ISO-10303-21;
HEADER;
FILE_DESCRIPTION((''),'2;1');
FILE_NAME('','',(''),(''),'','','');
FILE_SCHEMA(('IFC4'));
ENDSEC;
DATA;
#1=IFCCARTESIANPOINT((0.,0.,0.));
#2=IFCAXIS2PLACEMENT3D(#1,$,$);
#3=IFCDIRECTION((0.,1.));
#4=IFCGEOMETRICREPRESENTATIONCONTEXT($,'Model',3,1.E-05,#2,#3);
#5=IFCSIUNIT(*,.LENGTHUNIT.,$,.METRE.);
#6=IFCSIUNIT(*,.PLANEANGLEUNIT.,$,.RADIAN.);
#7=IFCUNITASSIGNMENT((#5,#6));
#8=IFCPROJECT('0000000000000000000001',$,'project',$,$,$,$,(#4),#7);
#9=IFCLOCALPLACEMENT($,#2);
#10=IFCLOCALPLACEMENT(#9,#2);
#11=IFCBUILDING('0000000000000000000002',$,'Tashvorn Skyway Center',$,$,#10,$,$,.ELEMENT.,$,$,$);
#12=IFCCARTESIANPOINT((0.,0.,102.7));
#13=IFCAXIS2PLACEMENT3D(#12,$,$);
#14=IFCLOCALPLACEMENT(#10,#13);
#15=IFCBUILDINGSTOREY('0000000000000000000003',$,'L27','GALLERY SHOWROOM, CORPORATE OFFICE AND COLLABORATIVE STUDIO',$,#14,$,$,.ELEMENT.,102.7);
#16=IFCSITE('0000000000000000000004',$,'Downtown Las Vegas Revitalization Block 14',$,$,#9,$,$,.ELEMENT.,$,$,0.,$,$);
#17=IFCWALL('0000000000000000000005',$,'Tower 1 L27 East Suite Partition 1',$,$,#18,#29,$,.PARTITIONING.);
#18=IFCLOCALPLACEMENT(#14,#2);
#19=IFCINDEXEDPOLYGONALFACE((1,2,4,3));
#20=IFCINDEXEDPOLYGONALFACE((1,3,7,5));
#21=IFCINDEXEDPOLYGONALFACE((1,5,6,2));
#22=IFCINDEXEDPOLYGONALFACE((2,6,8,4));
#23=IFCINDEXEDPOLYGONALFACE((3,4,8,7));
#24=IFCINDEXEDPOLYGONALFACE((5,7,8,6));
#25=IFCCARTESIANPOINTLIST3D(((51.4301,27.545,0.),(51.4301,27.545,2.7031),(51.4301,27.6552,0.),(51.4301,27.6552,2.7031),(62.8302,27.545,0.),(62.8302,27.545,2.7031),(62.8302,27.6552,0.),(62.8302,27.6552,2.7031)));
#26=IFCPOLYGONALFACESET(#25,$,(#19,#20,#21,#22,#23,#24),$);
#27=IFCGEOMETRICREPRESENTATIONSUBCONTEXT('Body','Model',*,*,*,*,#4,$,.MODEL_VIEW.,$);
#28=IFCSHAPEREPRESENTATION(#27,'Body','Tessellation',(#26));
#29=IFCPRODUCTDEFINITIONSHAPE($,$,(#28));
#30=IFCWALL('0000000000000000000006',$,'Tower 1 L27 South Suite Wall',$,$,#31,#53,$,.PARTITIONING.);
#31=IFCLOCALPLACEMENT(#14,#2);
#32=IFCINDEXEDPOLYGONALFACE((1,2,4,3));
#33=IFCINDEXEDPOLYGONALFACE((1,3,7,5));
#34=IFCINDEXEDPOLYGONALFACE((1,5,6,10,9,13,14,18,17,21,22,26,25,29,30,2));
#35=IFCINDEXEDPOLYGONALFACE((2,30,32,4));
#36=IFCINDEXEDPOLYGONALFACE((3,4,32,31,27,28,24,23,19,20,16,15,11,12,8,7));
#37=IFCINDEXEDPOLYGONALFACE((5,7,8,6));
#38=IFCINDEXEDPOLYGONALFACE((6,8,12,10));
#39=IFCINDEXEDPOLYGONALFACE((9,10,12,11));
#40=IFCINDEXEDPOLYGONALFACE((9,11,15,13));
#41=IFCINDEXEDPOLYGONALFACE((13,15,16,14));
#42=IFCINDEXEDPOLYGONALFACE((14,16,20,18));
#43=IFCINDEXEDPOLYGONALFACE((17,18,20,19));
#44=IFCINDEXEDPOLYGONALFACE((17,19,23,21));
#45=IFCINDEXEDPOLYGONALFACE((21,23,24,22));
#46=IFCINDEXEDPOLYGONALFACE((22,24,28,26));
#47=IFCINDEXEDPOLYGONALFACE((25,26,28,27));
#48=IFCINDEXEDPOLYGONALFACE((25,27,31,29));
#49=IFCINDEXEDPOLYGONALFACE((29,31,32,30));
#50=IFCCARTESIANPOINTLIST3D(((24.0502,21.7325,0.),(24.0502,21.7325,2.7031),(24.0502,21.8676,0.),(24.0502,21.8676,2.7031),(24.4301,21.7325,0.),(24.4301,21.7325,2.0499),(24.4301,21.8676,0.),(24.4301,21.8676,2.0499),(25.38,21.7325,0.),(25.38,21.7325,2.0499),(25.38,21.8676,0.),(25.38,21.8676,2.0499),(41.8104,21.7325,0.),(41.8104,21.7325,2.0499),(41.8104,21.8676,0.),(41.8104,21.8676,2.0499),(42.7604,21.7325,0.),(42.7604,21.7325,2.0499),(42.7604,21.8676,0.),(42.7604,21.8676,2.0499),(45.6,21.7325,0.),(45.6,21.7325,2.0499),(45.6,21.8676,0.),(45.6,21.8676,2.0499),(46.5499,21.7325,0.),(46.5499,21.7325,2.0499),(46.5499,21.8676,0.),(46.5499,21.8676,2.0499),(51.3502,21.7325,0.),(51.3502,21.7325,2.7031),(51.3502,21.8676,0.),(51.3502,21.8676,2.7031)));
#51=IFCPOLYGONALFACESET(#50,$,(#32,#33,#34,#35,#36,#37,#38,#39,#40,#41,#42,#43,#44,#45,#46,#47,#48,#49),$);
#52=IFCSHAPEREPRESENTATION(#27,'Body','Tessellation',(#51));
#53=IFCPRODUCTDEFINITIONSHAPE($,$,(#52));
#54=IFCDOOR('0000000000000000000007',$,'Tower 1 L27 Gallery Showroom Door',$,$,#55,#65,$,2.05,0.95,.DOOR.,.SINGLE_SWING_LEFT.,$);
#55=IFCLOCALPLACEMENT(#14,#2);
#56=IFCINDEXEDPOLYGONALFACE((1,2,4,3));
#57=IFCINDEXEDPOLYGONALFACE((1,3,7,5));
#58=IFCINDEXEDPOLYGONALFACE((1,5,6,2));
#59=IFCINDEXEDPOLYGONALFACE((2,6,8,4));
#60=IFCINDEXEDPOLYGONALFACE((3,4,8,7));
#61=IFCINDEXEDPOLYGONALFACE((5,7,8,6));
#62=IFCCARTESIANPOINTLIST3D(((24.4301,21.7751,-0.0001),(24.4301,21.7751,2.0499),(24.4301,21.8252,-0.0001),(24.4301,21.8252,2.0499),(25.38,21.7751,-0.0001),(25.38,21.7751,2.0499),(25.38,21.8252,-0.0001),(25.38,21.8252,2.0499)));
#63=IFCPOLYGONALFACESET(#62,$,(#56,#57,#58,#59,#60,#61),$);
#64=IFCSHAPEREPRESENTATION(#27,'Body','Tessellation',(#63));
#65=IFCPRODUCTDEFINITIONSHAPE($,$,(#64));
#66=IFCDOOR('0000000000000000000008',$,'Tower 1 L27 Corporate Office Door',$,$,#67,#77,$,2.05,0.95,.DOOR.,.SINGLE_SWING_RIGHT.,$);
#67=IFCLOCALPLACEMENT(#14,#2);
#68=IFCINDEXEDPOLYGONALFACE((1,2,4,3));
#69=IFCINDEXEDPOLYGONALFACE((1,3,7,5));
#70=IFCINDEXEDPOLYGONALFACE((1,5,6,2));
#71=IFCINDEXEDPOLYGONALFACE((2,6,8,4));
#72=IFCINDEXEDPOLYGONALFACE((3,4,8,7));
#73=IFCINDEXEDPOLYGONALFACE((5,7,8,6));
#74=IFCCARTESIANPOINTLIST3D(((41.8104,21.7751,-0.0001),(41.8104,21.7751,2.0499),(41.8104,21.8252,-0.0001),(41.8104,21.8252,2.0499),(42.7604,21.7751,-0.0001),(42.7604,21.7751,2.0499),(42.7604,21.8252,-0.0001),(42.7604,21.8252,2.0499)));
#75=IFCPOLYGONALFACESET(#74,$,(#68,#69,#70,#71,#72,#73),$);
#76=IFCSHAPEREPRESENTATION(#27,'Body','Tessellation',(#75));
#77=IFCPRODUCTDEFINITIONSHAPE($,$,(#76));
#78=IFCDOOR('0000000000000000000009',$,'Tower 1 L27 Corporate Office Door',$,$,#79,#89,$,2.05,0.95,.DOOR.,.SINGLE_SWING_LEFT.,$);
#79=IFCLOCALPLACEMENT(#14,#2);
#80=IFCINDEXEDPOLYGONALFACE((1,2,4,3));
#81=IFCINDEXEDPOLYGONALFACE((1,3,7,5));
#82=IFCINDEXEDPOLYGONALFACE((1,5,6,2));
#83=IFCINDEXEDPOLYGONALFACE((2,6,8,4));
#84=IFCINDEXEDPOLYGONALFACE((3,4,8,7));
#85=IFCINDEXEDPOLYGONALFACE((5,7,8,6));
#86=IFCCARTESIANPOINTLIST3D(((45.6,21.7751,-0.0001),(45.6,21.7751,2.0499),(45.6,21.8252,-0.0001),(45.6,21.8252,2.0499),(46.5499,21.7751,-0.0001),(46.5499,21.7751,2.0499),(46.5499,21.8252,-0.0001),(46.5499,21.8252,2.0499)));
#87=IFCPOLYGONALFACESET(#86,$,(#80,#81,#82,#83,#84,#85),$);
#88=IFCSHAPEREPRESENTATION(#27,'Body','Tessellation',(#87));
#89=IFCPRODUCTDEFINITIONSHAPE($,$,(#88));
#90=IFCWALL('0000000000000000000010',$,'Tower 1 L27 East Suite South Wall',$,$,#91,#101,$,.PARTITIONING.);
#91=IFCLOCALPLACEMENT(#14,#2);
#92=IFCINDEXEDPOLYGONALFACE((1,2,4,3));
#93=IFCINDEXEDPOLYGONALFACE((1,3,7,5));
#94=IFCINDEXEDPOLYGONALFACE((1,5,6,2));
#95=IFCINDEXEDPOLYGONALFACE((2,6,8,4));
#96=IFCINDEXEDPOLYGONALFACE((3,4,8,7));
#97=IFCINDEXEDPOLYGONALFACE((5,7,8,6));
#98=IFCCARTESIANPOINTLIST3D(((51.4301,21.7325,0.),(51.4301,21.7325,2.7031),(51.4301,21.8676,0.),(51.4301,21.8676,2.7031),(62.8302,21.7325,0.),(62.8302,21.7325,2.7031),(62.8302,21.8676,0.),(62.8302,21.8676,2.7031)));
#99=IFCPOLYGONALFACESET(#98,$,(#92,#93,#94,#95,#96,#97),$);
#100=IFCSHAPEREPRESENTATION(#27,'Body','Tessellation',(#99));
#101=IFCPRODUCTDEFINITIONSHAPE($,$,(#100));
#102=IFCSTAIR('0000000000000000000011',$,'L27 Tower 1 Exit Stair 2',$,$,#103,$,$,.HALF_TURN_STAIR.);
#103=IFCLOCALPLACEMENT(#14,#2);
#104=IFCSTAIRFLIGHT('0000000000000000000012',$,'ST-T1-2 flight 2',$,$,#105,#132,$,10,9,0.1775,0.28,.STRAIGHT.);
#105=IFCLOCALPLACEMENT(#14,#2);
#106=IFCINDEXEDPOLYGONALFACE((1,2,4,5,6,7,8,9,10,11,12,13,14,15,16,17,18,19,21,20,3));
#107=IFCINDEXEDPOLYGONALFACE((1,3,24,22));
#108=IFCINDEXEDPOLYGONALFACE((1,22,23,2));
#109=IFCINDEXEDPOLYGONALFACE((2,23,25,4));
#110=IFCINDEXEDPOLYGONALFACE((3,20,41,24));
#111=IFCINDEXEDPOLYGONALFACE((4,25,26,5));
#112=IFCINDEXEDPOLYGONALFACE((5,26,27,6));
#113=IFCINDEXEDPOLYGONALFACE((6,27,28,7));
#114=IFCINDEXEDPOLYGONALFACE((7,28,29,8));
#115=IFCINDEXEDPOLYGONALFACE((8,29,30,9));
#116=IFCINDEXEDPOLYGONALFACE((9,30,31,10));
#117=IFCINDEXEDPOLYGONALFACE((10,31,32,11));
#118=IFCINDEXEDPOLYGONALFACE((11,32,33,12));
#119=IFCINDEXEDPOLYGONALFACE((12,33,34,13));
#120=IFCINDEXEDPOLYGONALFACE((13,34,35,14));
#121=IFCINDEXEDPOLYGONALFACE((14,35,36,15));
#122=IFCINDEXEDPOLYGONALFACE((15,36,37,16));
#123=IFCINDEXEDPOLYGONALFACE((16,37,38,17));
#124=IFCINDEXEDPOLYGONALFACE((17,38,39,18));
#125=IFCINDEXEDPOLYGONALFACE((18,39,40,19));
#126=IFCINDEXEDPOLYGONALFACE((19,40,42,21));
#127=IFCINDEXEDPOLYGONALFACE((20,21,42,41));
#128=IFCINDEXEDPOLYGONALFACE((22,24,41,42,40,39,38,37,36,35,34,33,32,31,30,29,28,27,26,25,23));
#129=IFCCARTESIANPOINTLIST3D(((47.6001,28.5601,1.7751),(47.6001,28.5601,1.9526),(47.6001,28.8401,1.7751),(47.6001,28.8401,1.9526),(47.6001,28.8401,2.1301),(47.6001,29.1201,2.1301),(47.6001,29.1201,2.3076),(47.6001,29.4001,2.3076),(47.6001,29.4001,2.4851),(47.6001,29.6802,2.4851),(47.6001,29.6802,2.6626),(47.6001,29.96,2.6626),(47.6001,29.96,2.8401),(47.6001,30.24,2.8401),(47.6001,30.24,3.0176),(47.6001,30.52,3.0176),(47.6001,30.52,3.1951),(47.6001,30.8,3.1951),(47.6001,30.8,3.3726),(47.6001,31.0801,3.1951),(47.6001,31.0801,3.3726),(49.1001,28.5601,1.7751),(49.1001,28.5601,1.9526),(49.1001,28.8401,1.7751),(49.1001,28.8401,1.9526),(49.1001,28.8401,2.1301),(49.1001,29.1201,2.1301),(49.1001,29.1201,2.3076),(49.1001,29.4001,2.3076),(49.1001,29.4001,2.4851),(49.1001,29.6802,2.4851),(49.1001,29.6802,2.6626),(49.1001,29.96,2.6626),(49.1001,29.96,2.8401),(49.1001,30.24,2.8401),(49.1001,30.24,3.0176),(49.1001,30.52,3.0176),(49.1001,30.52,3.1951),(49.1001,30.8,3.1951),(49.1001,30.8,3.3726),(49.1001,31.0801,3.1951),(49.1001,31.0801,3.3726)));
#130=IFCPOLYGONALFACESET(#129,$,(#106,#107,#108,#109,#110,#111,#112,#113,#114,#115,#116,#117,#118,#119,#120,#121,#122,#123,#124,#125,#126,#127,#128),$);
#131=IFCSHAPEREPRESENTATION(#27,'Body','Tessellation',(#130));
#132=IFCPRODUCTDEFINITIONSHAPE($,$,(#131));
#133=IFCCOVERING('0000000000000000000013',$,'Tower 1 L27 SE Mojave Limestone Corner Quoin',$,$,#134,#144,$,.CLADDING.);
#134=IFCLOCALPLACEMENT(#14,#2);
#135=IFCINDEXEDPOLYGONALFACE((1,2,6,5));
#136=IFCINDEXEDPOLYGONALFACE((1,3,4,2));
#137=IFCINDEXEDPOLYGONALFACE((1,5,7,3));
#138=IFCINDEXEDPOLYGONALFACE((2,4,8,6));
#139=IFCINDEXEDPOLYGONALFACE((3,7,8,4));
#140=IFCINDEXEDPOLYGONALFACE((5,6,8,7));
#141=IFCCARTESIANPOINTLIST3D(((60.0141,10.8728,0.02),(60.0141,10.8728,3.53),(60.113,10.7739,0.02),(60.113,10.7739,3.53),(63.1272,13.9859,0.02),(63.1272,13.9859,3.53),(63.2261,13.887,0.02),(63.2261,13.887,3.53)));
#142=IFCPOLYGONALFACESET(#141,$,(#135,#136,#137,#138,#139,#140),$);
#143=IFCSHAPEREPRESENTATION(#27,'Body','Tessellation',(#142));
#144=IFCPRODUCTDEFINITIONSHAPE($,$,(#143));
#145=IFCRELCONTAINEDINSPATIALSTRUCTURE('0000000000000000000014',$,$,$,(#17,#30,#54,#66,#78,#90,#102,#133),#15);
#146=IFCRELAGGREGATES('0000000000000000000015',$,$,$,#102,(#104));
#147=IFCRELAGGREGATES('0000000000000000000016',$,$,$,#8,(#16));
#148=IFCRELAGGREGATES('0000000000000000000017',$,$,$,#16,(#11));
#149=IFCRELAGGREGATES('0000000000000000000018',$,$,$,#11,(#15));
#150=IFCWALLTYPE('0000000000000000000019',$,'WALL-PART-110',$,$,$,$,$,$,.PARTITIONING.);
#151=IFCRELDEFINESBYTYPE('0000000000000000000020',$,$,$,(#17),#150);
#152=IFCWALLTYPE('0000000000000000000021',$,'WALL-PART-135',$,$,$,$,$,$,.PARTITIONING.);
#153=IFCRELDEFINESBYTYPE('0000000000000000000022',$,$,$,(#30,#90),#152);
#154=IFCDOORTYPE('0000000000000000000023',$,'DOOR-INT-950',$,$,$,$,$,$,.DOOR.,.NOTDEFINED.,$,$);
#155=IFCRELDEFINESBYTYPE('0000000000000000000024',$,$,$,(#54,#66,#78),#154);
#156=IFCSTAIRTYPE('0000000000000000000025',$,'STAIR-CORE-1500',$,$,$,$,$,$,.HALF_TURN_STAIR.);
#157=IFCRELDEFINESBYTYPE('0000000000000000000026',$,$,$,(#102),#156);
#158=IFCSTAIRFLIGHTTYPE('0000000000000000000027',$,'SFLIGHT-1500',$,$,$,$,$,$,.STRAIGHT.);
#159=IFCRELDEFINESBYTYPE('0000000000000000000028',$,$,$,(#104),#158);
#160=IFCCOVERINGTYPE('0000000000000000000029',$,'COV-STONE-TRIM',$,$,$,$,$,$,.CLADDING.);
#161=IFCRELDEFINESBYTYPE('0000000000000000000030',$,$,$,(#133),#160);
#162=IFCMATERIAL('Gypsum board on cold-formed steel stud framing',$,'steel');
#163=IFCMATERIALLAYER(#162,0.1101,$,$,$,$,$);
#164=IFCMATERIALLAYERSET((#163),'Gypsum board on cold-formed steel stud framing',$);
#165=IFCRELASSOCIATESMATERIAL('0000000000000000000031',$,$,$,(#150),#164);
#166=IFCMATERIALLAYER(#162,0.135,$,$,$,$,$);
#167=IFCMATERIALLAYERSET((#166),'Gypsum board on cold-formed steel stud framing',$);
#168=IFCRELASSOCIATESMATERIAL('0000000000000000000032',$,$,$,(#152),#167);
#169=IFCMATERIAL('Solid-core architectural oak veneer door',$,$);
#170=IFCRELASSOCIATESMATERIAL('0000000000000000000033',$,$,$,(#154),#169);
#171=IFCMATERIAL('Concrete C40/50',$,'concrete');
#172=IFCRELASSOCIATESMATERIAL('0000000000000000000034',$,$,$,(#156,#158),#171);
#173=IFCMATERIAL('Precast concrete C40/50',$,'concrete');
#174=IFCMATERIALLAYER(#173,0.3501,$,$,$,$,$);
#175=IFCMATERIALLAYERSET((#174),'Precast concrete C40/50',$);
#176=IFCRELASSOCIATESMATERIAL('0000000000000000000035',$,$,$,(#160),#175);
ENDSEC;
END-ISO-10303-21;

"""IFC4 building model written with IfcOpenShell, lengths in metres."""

from ifc_helpers import new_model, si_unit, direction, frame, frame_2d, origin, origin_2d, place, context, subcontext, project, spatial, polyline, rectangle, outline, extrude, material, layer, layer_set, type_object, element, fill, aggregate, save


model = new_model("IFC4")

# Units and contexts
model_context = context("Model", 3, precision=1e-05, world=origin(), true_north=direction((0.0, 1.0)))
body_context = subcontext(model_context, "Body", "Model", "MODEL_VIEW")
ifc_project = project(units=[si_unit("LENGTHUNIT", "METRE"), si_unit("PLANEANGLEUNIT", "RADIAN")], contexts=[model_context])

# Site, building, storey
site_placement = place(None, origin())
site = spatial("IfcSite", under=ifc_project, at=site_placement, Name="Downtown Las Vegas Revitalization Block 14", CompositionType="ELEMENT", RefElevation=0.0)
building_placement = place(site_placement, origin())
building = spatial("IfcBuilding", under=site, at=building_placement, Name="Tashvorn Skyway Center", CompositionType="ELEMENT")
storey_placement = place(building_placement, frame((0.0, 0.0, 102.7)))
storey = spatial("IfcBuildingStorey", under=building, at=storey_placement, Name="L27", Description="GALLERY SHOWROOM, CORPORATE OFFICE AND COLLABORATIVE STUDIO", CompositionType="ELEMENT", Elevation=102.7)

# Wall
ifc_material_1 = material(Name="Gypsum board on cold-formed steel stud framing", Category="steel")
ifc_layer_1 = layer(ifc_material_1, 0.1101)
ifc_layer_set_1 = layer_set([ifc_layer_1], Name="Gypsum board on cold-formed steel stud framing")
wall_type_1 = type_object("IfcWallType", Name="WALL-PART-110", PredefinedType="PARTITIONING", material=ifc_layer_set_1)
wall_1_placement = place(storey_placement, frame((51.4299, 27.6001, 0.0), z_axis=(0.0, 0.0, 1.0), x_axis=(1.0, 0.0, 0.0)))
element("IfcWall", 1, at=wall_1_placement, inside=storey, type_object=wall_type_1, Name="Tower 1 L27 East Suite Partition 1", PredefinedType="PARTITIONING", context=body_context, shape_type="SweptSolid", body=[
    extrude(rectangle(XDim=11.4001, YDim=0.1101, at=frame_2d((5.7002, 0.0))), origin(), (0.0, 0.0, 1.0), 2.7031),
])

# Wall, openings, doors
ifc_layer_2 = layer(ifc_material_1, 0.135)
ifc_layer_set_2 = layer_set([ifc_layer_2], Name="Gypsum board on cold-formed steel stud framing")
wall_type_2 = type_object("IfcWallType", Name="WALL-PART-135", PredefinedType="PARTITIONING", material=ifc_layer_set_2)
wall_2_placement = place(storey_placement, frame((51.3501, 21.8, 0.0), z_axis=(0.0, 0.0, 1.0), x_axis=(-1.0, 0.0, 0.0)))
wall_2 = element("IfcWall", 2, at=wall_2_placement, inside=storey, type_object=wall_type_2, Name="Tower 1 L27 South Suite Wall", PredefinedType="PARTITIONING", context=body_context, shape_type="SweptSolid", body=[
    extrude(rectangle(XDim=27.3, YDim=0.135, at=frame_2d((13.6499, 0.0))), origin(), (0.0, 0.0, 1.0), 2.7031),
])
opening_1_placement = place(wall_2_placement, frame((25.97, 0.0, 0.0)))
opening_1 = element("IfcOpeningElement", 3, at=opening_1_placement, cuts=wall_2, PredefinedType="OPENING", context=body_context, shape_type="SweptSolid", body=[
    extrude(rectangle(XDim=0.95, YDim=2.05, at=frame_2d((0.4751, 1.0249))), frame((0.0, 0.0774, 0.0), z_axis=(0.0, -1.0, 0.0), x_axis=(1.0, 0.0, 0.0)), (0.0, 0.0, 1.0), 0.155),
])
opening_2_placement = place(wall_2_placement, frame((8.5896, 0.0, 0.0)))
opening_2 = element("IfcOpeningElement", 4, at=opening_2_placement, cuts=wall_2, PredefinedType="OPENING", context=body_context, shape_type="SweptSolid", body=[
    extrude(rectangle(XDim=0.95, YDim=2.05, at=frame_2d((0.4751, 1.0249))), frame((0.0, 0.0774, 0.0), z_axis=(0.0, -1.0, 0.0), x_axis=(1.0, 0.0, 0.0)), (0.0, 0.0, 1.0), 0.155),
])
opening_3_placement = place(wall_2_placement, frame((4.8, 0.0, 0.0)))
opening_3 = element("IfcOpeningElement", 5, at=opening_3_placement, cuts=wall_2, PredefinedType="OPENING", context=body_context, shape_type="SweptSolid", body=[
    extrude(rectangle(XDim=0.95, YDim=2.05, at=frame_2d((0.4751, 1.0249))), frame((0.0, 0.0774, 0.0), z_axis=(0.0, -1.0, 0.0), x_axis=(1.0, 0.0, 0.0)), (0.0, 0.0, 1.0), 0.155),
])
ifc_material_2 = material(Name="Solid-core architectural oak veneer door")
door_type_1 = type_object("IfcDoorType", Name="DOOR-INT-950", OperationType="NOTDEFINED", PredefinedType="DOOR", material=ifc_material_2)
door_1_placement = place(opening_1_placement, origin())
door_1 = element("IfcDoor", 6, at=door_1_placement, inside=storey, type_object=door_type_1, Name="Tower 1 L27 Gallery Showroom Door", OperationType="SINGLE_SWING_LEFT", OverallHeight=2.05, OverallWidth=0.95, PredefinedType="DOOR", context=body_context, shape_type="SweptSolid", body=[
    extrude(rectangle(XDim=0.95, YDim=2.05, at=frame_2d((0.4751, 1.0249))), frame((0.0, 0.0249, 0.0), z_axis=(0.0, -1.0, 0.0), x_axis=(1.0, 0.0, 0.0)), (0.0, 0.0, 1.0), 0.05),
])
fill(opening_1, door_1)
door_2_placement = place(opening_2_placement, origin())
door_2 = element("IfcDoor", 7, at=door_2_placement, inside=storey, type_object=door_type_1, Name="Tower 1 L27 Corporate Office Door", OperationType="SINGLE_SWING_RIGHT", OverallHeight=2.05, OverallWidth=0.95, PredefinedType="DOOR", context=body_context, shape_type="SweptSolid", body=[
    extrude(rectangle(XDim=0.95, YDim=2.05, at=frame_2d((0.4751, 1.0249))), frame((0.0, 0.0249, 0.0), z_axis=(0.0, -1.0, 0.0), x_axis=(1.0, 0.0, 0.0)), (0.0, 0.0, 1.0), 0.05),
])
fill(opening_2, door_2)
door_3_placement = place(opening_3_placement, origin())
door_3 = element("IfcDoor", 8, at=door_3_placement, inside=storey, type_object=door_type_1, Name="Tower 1 L27 Corporate Office Door", OperationType="SINGLE_SWING_LEFT", OverallHeight=2.05, OverallWidth=0.95, PredefinedType="DOOR", context=body_context, shape_type="SweptSolid", body=[
    extrude(rectangle(XDim=0.95, YDim=2.05, at=frame_2d((0.4751, 1.0249))), frame((0.0, 0.0249, 0.0), z_axis=(0.0, -1.0, 0.0), x_axis=(1.0, 0.0, 0.0)), (0.0, 0.0, 1.0), 0.05),
])
fill(opening_3, door_3)

# Wall
wall_3_placement = place(storey_placement, frame((51.4299, 21.8, 0.0), z_axis=(0.0, 0.0, 1.0), x_axis=(1.0, 0.0, 0.0)))
element("IfcWall", 9, at=wall_3_placement, inside=storey, type_object=wall_type_2, Name="Tower 1 L27 East Suite South Wall", PredefinedType="PARTITIONING", context=body_context, shape_type="SweptSolid", body=[
    extrude(rectangle(XDim=11.4001, YDim=0.135, at=frame_2d((5.7002, 0.0))), origin(), (0.0, 0.0, 1.0), 2.7031),
])

# Stair, stair flight
ifc_material_3 = material(Name="Concrete C40/50", Category="concrete")
stair_type = type_object("IfcStairType", Name="STAIR-CORE-1500", PredefinedType="HALF_TURN_STAIR", material=ifc_material_3)
stair_placement = place(storey_placement, origin())
stair = element("IfcStair", 10, at=stair_placement, inside=storey, type_object=stair_type, Name="L27 Tower 1 Exit Stair 2", PredefinedType="HALF_TURN_STAIR")
stair_flight_type = type_object("IfcStairFlightType", Name="SFLIGHT-1500", PredefinedType="STRAIGHT", material=ifc_material_3)
stair_flight_placement = place(storey_placement, frame((48.3501, 28.5601, 1.7751), z_axis=(0.0, 0.0, 1.0), x_axis=(0.0, 1.0, 0.0)))
stair_flight = element("IfcStairFlight", 11, at=stair_flight_placement, type_object=stair_flight_type, Name="ST-T1-2 flight 2", NumberOfRisers=10, NumberOfTreads=9, PredefinedType="STRAIGHT", RiserHeight=0.1775, TreadLength=0.28, context=body_context, shape_type="SweptSolid", body=[
    extrude(outline(polyline([(0.0, 0.0), (0.0, 0.1775), (0.28, 0.1775), (0.28, 0.355), (0.5601, 0.355), (0.5601, 0.5325), (0.8401, 0.5325), (0.8401, 0.71), (1.1201, 0.71), (1.1201, 0.8875), (1.3999, 0.8875), (1.3999, 1.0649), (1.6799, 1.0649), (1.6799, 1.2424), (1.96, 1.2424), (1.96, 1.4199), (2.24, 1.4199), (2.24, 1.5974), (2.52, 1.5974), (2.52, 1.7749), (2.52, 1.4199), (0.28, 0.0), (0.0, 0.0)])), frame((0.0, 0.75, 0.0), z_axis=(0.0, -1.0, 0.0), x_axis=(1.0, 0.0, 0.0)), (0.0, 0.0, 1.0), 1.5),
])
aggregate(stair, [stair_flight])

# Covering
ifc_material_4 = material(Name="Precast concrete C40/50", Category="concrete")
ifc_layer_3 = layer(ifc_material_4, 0.3501)
ifc_layer_set_3 = layer_set([ifc_layer_3], Name="Precast concrete C40/50")
covering_type = type_object("IfcCoveringType", Name="COV-STONE-TRIM", PredefinedType="CLADDING", material=ifc_layer_set_3)
covering_placement = place(storey_placement, frame((61.6201, 12.3799, 0.02), z_axis=(0.0, 0.0, 1.0), x_axis=(0.707107, 0.707107, 0.0)))
element("IfcCovering", 12, at=covering_placement, inside=storey, type_object=covering_type, Name="Tower 1 L27 SE Mojave Limestone Corner Quoin", PredefinedType="CLADDING", context=body_context, shape_type="SweptSolid", body=[
    extrude(rectangle(XDim=4.4026, YDim=0.1399, at=origin_2d()), origin(), (0.0, 0.0, 1.0), 3.51),
])

save(model, "model.ifc")
